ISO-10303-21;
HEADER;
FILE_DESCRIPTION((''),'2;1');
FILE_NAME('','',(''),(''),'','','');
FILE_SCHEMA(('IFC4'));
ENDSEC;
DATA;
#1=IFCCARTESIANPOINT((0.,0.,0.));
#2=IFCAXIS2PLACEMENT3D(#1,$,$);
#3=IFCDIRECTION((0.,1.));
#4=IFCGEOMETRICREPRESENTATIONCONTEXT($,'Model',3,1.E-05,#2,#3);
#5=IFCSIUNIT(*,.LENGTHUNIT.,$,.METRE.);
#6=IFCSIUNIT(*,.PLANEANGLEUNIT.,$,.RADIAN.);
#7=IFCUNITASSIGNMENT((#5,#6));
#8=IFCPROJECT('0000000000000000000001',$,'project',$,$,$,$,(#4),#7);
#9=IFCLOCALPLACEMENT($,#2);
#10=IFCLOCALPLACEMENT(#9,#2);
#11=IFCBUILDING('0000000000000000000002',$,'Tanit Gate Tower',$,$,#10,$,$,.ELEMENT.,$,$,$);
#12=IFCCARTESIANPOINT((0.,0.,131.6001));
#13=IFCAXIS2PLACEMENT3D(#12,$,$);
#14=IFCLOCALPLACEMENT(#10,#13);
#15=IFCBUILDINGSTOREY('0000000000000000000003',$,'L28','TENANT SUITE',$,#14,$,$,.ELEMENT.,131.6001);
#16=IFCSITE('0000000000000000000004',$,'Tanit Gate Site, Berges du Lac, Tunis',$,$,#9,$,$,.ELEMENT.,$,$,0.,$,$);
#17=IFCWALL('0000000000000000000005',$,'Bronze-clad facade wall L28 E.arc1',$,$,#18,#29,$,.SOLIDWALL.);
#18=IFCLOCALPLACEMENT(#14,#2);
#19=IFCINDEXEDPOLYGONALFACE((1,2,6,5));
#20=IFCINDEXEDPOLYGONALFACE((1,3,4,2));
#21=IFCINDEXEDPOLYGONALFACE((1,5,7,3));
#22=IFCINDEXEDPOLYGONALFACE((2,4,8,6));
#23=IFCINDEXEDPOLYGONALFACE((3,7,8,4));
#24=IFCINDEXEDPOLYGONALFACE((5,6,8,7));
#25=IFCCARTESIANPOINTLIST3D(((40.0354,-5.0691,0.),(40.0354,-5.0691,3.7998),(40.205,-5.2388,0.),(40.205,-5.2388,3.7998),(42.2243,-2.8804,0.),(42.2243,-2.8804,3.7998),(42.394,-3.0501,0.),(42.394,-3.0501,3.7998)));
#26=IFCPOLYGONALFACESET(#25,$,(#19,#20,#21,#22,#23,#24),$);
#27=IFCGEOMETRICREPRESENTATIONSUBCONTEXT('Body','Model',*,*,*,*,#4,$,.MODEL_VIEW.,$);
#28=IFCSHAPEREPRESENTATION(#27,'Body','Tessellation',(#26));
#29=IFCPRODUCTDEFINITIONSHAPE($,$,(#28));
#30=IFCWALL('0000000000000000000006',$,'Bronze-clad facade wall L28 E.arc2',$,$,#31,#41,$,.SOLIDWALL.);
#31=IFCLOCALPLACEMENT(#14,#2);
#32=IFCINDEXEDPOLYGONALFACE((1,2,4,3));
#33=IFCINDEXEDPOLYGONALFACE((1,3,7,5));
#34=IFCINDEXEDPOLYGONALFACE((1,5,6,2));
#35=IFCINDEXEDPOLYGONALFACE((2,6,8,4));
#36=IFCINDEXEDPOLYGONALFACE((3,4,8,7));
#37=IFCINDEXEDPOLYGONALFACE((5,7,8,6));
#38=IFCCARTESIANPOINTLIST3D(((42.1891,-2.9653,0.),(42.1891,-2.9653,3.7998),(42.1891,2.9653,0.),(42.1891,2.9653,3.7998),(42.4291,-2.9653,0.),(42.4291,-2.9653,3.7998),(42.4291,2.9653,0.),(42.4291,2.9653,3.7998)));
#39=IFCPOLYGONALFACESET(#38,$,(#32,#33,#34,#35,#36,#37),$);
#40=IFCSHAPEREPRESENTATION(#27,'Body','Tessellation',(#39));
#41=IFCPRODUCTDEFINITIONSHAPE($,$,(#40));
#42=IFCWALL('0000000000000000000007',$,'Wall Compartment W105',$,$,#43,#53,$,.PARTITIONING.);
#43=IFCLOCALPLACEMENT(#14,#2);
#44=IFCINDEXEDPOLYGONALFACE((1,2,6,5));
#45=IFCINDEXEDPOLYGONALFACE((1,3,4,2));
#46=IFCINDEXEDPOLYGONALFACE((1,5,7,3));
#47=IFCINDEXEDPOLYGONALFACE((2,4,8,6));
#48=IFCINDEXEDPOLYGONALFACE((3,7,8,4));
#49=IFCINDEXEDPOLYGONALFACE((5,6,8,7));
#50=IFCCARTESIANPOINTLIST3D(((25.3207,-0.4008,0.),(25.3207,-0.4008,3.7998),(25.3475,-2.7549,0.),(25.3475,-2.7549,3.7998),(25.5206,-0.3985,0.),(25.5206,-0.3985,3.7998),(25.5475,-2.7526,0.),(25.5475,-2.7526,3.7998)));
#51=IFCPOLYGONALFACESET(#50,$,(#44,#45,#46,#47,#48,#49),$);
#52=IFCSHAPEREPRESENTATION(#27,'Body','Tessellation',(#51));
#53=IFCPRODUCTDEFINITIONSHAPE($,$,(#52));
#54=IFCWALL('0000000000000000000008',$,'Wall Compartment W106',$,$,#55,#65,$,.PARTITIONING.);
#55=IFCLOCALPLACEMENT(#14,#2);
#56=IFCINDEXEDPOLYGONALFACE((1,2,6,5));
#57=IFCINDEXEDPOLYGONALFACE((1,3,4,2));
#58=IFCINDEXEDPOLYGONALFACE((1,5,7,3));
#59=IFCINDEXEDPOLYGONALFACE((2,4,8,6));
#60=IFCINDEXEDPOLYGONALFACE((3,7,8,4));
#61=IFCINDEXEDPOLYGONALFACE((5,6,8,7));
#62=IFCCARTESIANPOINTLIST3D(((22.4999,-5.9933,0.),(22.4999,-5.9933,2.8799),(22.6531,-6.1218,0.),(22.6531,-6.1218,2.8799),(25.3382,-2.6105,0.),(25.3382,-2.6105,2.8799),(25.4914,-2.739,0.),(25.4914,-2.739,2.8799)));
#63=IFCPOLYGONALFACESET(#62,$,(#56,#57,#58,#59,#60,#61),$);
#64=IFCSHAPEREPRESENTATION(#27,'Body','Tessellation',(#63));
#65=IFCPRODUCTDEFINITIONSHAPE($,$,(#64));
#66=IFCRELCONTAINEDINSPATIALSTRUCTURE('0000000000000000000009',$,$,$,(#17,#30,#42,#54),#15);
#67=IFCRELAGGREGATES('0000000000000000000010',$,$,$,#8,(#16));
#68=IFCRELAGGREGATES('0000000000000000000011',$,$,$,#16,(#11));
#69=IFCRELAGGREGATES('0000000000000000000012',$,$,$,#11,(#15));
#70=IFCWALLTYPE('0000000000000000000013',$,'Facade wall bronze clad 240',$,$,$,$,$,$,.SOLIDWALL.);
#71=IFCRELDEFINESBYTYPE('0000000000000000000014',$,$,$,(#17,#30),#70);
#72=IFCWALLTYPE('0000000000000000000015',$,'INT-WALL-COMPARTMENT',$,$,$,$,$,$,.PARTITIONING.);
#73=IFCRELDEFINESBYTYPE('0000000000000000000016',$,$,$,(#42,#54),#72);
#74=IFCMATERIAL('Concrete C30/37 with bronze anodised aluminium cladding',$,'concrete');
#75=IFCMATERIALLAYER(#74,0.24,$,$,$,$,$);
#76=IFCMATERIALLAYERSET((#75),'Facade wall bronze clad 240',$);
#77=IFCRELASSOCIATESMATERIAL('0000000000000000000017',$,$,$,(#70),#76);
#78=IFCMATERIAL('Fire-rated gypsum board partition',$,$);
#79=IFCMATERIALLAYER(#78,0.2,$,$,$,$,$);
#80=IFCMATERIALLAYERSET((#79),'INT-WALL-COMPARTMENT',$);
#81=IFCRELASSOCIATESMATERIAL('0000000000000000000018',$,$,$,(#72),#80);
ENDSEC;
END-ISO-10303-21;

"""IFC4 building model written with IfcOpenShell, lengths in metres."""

from ifc_helpers import new_model, si_unit, direction, frame, frame_2d, origin, place, context, subcontext, project, spatial, rectangle, extrude, material, layer, layer_set, type_object, element, save


model = new_model("IFC4")

# Units and contexts
model_context = context("Model", 3, precision=1e-05, world=origin(), true_north=direction((0.0, 1.0)))
body_context = subcontext(model_context, "Body", "Model", "MODEL_VIEW")
ifc_project = project(units=[si_unit("LENGTHUNIT", "METRE"), si_unit("PLANEANGLEUNIT", "RADIAN")], contexts=[model_context])

# Site, building, storey
site_placement = place(None, origin())
site = spatial("IfcSite", under=ifc_project, at=site_placement, Name="Tanit Gate Site, Berges du Lac, Tunis", CompositionType="ELEMENT", RefElevation=0.0)
building_placement = place(site_placement, origin())
building = spatial("IfcBuilding", under=site, at=building_placement, Name="Tanit Gate Tower", CompositionType="ELEMENT")
storey_placement = place(building_placement, frame((0.0, 0.0, 131.6001)))
storey = spatial("IfcBuildingStorey", under=building, at=storey_placement, Name="L28", Description="TENANT SUITE", CompositionType="ELEMENT", Elevation=131.6001)

# Walls
ifc_material_1 = material(Name="Concrete C30/37 with bronze anodised aluminium cladding", Category="concrete")
ifc_layer_1 = layer(ifc_material_1, 0.24)
ifc_layer_set_1 = layer_set([ifc_layer_1], Name="Facade wall bronze clad 240")
wall_type_1 = type_object("IfcWallType", Name="Facade wall bronze clad 240", PredefinedType="SOLIDWALL", material=ifc_layer_set_1)
wall_1_placement = place(storey_placement, frame((40.1201, -5.1541, 0.0), z_axis=(0.0, 0.0, 1.0), x_axis=(0.707146, 0.707067, 0.0)))
element("IfcWall", 1, at=wall_1_placement, inside=storey, type_object=wall_type_1, Name="Bronze-clad facade wall L28 E.arc1", PredefinedType="SOLIDWALL", context=body_context, shape_type="SweptSolid", body=[
    extrude(rectangle(XDim=3.0955, YDim=0.24, at=frame_2d((1.5479, 0.0))), origin(), (0.0, 0.0, 1.0), 3.7998),
])
wall_2_placement = place(storey_placement, frame((42.3091, -2.9653, 0.0), z_axis=(0.0, 0.0, 1.0), x_axis=(0.0, 1.0, 0.0)))
element("IfcWall", 2, at=wall_2_placement, inside=storey, type_object=wall_type_1, Name="Bronze-clad facade wall L28 E.arc2", PredefinedType="SOLIDWALL", context=body_context, shape_type="SweptSolid", body=[
    extrude(rectangle(XDim=5.9307, YDim=0.24, at=frame_2d((2.9653, 0.0))), origin(), (0.0, 0.0, 1.0), 3.7998),
])
ifc_material_2 = material(Name="Fire-rated gypsum board partition")
ifc_layer_2 = layer(ifc_material_2, 0.2)
ifc_layer_set_2 = layer_set([ifc_layer_2], Name="INT-WALL-COMPARTMENT")
wall_type_2 = type_object("IfcWallType", Name="INT-WALL-COMPARTMENT", PredefinedType="PARTITIONING", material=ifc_layer_set_2)
wall_3_placement = place(storey_placement, frame((25.4475, -2.7539, 0.0), z_axis=(0.0, 0.0, 1.0), x_axis=(-0.011408, 0.999935, 0.0)))
element("IfcWall", 3, at=wall_3_placement, inside=storey, type_object=wall_type_2, Name="Wall Compartment W105", PredefinedType="PARTITIONING", context=body_context, shape_type="SweptSolid", body=[
    extrude(rectangle(XDim=2.3542, YDim=0.2, at=frame_2d((1.1772, 0.0))), origin(), (0.0, 0.0, 1.0), 3.7998),
])
wall_4_placement = place(storey_placement, frame((22.5764, -6.0576, 0.0), z_axis=(0.0, 0.0, 1.0), x_axis=(0.642769, 0.76606, 0.0)))
element("IfcWall", 4, at=wall_4_placement, inside=storey, type_object=wall_type_2, Name="Wall Compartment W106", PredefinedType="PARTITIONING", context=body_context, shape_type="SweptSolid", body=[
    extrude(rectangle(XDim=4.4158, YDim=0.2, at=frame_2d((2.208, 0.0))), origin(), (0.0, 0.0, 1.0), 2.8799),
])

save(model, "model.ifc")
